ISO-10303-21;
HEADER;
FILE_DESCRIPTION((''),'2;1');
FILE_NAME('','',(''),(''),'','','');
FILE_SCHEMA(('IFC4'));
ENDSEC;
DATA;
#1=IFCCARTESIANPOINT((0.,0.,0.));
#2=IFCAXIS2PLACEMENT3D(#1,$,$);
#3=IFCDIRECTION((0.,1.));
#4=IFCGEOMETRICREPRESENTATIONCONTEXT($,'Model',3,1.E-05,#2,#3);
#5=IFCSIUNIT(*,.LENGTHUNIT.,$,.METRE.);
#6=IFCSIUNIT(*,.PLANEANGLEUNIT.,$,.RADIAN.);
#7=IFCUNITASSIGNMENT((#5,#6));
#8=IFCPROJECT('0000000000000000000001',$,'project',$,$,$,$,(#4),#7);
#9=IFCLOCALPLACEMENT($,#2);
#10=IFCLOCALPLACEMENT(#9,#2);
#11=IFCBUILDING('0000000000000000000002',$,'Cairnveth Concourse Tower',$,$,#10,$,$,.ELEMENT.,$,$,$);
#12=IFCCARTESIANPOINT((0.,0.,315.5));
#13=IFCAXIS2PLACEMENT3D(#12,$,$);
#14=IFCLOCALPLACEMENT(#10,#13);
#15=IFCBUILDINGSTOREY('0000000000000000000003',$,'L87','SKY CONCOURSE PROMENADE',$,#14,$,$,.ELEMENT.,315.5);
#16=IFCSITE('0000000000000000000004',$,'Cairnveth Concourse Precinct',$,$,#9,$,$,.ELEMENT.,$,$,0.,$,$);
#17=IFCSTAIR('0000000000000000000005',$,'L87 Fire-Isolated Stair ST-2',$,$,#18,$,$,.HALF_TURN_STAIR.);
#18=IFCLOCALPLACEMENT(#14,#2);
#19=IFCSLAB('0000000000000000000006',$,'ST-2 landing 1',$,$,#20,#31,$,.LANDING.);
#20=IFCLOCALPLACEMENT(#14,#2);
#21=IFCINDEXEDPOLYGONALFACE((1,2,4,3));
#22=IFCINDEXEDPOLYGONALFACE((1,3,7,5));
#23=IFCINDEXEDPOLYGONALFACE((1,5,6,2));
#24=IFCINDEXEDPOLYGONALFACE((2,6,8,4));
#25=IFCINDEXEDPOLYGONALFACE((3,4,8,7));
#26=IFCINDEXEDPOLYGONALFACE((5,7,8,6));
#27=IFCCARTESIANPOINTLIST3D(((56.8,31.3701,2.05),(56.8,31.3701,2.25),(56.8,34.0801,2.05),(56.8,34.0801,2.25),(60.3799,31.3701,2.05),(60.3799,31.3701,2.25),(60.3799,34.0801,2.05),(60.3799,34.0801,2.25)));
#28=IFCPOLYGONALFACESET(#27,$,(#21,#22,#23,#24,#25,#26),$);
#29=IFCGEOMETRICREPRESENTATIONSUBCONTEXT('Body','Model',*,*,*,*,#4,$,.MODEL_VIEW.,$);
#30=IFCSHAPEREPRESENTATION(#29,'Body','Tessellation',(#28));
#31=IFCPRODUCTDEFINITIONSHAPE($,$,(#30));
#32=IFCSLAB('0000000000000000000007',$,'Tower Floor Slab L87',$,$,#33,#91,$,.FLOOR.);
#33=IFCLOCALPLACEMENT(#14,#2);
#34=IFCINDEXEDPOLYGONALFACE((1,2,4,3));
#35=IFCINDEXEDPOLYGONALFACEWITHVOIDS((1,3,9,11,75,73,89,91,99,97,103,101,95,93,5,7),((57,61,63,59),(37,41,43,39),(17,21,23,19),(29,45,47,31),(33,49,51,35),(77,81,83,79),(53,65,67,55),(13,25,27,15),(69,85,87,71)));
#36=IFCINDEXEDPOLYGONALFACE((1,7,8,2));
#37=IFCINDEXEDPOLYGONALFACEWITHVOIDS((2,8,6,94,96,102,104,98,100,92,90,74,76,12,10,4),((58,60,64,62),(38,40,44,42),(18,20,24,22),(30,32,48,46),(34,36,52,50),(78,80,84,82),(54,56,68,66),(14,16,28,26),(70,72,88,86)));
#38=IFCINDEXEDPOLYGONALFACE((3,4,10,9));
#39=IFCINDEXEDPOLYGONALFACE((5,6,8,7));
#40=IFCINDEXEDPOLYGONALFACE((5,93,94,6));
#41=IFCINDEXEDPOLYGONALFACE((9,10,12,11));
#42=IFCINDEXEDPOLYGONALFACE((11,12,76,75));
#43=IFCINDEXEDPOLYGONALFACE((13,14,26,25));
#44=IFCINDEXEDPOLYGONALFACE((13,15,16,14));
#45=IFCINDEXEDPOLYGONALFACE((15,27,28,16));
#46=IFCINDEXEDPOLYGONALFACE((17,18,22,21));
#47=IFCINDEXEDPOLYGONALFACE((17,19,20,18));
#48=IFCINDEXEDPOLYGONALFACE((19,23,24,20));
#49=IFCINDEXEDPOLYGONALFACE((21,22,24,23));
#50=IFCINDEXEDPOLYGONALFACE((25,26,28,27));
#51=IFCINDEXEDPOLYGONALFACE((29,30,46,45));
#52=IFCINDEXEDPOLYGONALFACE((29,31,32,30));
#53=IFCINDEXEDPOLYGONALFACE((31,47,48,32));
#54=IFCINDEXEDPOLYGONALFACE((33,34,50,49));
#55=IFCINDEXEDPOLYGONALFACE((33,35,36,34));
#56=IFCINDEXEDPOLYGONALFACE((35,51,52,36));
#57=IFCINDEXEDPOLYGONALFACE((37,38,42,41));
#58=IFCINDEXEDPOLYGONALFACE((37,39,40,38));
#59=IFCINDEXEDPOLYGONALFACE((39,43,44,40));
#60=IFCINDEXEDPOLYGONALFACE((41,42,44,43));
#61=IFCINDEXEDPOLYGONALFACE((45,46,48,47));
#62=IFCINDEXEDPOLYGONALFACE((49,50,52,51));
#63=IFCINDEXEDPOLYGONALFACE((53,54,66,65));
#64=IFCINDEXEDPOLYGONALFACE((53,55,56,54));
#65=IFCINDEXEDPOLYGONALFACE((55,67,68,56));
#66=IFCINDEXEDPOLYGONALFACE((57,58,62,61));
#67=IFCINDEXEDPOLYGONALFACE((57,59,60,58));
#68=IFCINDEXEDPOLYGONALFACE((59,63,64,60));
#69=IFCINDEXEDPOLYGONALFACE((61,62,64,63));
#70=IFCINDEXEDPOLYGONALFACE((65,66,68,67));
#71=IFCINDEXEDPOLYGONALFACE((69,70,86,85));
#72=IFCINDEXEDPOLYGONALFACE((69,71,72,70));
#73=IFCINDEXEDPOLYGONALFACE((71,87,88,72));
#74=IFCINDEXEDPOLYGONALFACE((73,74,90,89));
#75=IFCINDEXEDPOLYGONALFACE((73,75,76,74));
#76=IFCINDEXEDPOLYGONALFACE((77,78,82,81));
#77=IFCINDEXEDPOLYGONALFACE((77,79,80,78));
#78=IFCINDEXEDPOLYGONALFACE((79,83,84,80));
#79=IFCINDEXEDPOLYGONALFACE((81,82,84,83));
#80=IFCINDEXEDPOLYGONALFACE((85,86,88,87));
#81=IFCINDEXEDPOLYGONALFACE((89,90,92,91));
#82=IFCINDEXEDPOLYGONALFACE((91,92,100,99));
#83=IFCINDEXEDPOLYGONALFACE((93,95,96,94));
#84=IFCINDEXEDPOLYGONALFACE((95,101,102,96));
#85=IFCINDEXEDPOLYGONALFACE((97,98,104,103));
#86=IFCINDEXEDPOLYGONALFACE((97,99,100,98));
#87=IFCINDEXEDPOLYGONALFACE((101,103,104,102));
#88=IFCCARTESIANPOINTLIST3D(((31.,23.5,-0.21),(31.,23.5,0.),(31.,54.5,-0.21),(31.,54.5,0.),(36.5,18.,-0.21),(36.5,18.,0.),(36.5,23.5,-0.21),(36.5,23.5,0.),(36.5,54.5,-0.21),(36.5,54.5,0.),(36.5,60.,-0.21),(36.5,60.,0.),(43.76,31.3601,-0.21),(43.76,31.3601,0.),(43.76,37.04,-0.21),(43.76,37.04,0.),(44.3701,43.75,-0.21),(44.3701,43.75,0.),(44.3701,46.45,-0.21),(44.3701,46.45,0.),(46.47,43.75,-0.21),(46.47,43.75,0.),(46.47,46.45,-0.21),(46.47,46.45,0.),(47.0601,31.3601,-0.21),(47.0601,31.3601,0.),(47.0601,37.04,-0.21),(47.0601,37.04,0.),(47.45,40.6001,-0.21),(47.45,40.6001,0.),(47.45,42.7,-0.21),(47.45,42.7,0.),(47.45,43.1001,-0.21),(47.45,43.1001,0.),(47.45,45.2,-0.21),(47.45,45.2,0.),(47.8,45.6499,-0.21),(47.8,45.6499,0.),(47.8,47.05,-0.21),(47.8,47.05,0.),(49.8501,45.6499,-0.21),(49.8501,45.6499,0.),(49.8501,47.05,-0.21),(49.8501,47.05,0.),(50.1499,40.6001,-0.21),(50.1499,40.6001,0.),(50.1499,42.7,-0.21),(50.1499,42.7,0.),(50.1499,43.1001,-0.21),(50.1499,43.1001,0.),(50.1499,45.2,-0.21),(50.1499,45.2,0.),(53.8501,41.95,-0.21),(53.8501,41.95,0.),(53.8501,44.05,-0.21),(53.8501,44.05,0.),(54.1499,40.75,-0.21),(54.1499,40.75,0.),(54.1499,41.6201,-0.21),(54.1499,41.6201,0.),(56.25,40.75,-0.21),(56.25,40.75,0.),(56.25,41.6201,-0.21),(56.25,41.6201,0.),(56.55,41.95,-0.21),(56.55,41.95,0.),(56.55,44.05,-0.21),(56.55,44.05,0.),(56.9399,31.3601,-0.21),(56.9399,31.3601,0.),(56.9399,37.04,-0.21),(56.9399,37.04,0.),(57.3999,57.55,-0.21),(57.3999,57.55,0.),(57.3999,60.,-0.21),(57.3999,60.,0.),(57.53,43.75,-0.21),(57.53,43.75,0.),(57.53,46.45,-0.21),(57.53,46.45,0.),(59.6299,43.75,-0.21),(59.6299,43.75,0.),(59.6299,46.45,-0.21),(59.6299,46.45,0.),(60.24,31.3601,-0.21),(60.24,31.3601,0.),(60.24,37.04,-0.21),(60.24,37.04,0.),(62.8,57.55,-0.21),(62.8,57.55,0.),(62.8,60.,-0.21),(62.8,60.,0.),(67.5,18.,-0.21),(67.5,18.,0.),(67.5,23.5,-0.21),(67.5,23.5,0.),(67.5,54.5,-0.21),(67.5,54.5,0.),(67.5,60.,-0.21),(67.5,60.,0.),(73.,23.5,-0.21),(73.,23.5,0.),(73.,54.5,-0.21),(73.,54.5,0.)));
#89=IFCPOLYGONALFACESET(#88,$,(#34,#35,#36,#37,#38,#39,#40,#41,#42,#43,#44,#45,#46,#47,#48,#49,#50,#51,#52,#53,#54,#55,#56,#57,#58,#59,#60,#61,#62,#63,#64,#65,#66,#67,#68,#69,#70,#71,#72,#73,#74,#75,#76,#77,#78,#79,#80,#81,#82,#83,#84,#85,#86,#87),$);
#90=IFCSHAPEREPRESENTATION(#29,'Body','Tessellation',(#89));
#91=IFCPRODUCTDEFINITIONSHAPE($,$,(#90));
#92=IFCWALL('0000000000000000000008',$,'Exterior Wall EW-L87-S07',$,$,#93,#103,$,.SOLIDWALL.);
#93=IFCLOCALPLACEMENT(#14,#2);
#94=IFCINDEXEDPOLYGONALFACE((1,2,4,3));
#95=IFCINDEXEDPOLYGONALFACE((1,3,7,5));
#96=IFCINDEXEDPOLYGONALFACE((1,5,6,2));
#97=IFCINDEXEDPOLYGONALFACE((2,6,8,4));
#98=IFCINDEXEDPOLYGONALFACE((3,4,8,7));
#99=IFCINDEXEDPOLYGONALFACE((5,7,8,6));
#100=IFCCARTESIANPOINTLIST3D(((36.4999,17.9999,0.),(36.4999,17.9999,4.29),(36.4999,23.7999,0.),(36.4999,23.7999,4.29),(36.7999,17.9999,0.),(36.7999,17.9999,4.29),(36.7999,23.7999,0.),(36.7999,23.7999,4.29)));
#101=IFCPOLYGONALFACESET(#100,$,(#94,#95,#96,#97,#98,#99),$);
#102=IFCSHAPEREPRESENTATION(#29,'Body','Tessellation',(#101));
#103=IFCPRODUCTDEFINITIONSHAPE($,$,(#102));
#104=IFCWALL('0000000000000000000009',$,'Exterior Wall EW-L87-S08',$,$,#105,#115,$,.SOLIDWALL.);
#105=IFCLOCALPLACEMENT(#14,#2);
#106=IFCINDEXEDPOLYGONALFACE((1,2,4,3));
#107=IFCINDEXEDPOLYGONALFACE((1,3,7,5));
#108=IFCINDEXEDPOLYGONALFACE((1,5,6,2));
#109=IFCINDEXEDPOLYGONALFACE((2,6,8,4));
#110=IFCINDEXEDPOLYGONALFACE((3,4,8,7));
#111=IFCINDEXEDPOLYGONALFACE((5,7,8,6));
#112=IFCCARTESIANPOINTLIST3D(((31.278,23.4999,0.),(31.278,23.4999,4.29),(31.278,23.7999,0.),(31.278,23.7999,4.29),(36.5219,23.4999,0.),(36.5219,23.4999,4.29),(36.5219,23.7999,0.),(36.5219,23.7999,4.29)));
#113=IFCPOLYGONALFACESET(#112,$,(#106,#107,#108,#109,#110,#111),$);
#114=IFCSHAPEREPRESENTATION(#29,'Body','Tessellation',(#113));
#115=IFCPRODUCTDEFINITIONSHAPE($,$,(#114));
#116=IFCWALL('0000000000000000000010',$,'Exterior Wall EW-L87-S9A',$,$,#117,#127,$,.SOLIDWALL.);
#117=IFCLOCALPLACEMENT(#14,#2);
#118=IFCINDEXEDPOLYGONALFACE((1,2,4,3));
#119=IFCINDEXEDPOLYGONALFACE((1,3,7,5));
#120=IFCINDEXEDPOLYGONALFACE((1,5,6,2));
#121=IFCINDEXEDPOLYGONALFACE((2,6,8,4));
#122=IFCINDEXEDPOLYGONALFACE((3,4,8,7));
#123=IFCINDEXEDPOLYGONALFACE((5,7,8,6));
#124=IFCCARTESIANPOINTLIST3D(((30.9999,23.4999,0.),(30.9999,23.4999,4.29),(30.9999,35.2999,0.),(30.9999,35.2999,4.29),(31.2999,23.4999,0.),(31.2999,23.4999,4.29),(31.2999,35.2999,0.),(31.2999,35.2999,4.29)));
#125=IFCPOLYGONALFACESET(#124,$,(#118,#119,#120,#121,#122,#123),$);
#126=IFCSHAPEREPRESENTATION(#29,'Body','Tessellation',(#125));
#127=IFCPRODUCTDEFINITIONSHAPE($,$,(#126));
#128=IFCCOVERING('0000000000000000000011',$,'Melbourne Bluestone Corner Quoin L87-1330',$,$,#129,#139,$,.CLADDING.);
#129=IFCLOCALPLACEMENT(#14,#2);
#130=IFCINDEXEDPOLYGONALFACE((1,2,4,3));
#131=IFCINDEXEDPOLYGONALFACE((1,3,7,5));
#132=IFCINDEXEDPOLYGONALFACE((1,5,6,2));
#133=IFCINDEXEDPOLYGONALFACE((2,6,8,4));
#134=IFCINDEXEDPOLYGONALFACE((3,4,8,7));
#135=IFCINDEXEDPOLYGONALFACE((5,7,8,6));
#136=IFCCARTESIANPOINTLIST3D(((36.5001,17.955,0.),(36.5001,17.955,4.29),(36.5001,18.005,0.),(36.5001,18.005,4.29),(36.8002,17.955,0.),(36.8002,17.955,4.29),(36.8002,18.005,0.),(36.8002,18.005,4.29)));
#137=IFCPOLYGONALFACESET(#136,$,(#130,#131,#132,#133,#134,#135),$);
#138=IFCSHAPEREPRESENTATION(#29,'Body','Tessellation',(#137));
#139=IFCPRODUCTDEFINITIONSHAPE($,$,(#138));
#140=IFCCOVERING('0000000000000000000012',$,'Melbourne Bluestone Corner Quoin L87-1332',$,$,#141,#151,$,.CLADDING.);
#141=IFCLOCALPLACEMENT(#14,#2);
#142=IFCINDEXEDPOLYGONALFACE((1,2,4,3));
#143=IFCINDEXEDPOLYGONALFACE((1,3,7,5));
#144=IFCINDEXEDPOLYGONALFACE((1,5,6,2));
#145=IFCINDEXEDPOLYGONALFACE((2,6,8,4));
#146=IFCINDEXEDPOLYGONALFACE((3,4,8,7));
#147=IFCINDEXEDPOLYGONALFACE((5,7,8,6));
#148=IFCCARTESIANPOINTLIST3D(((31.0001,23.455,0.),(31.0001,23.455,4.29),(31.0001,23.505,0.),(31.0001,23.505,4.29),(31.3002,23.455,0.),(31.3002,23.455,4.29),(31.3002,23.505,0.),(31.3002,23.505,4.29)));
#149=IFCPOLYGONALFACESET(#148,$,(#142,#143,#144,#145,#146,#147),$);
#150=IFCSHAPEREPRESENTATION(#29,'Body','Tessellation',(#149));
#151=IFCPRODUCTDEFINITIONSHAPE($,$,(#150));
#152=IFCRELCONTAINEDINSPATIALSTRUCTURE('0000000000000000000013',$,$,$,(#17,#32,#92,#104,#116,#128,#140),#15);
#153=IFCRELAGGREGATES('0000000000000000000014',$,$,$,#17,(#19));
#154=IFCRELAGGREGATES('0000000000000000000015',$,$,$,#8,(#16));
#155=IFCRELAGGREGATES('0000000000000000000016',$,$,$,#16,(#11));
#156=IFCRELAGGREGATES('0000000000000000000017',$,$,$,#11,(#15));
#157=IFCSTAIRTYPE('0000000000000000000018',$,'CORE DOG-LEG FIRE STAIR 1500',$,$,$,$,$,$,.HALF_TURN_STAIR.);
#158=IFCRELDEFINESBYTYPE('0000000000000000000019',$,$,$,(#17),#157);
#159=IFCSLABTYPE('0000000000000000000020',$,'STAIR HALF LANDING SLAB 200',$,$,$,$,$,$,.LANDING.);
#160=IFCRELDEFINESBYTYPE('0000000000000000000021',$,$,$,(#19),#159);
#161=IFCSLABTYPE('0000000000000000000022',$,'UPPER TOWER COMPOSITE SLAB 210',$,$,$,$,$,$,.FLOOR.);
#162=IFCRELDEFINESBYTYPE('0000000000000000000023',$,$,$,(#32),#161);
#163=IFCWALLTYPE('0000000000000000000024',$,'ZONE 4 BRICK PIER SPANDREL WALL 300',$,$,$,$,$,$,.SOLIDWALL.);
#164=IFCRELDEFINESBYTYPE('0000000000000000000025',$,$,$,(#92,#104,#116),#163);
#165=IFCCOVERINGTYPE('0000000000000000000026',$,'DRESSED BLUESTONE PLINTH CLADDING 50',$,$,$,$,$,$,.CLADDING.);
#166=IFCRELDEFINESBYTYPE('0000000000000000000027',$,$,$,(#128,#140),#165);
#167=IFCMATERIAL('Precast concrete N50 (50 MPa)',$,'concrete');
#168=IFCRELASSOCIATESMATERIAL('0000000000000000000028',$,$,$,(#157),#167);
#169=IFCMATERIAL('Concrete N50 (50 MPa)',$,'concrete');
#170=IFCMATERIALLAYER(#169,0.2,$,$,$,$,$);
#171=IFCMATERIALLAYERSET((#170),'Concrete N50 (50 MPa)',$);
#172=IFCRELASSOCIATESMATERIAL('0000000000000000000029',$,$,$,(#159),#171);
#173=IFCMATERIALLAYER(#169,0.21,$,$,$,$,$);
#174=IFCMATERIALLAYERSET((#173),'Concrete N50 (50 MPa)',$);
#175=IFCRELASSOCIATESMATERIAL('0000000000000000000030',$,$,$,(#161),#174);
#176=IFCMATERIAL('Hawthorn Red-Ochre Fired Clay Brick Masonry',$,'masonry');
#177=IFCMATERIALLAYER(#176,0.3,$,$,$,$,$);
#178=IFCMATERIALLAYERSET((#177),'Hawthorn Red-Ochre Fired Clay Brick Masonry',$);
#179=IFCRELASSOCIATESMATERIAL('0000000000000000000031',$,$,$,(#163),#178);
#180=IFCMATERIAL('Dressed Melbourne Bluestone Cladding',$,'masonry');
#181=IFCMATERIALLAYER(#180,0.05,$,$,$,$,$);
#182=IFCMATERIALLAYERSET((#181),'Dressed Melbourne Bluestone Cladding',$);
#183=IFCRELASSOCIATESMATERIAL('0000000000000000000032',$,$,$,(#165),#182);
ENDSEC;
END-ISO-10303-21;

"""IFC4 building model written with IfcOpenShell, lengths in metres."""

from ifc_helpers import new_model, si_unit, direction, frame, frame_2d, origin, place, context, subcontext, project, spatial, polyline, rectangle, outline, extrude, material, layer, layer_set, type_object, element, aggregate, save


model = new_model("IFC4")

# Units and contexts
model_context = context("Model", 3, precision=1e-05, world=origin(), true_north=direction((0.0, 1.0)))
body_context = subcontext(model_context, "Body", "Model", "MODEL_VIEW")
ifc_project = project(units=[si_unit("LENGTHUNIT", "METRE"), si_unit("PLANEANGLEUNIT", "RADIAN")], contexts=[model_context])

# Site, building, storey
site_placement = place(None, origin())
site = spatial("IfcSite", under=ifc_project, at=site_placement, Name="Cairnveth Concourse Precinct", CompositionType="ELEMENT", RefElevation=0.0)
building_placement = place(site_placement, origin())
building = spatial("IfcBuilding", under=site, at=building_placement, Name="Cairnveth Concourse Tower", CompositionType="ELEMENT")
storey_placement = place(building_placement, frame((0.0, 0.0, 315.5)))
storey = spatial("IfcBuildingStorey", under=building, at=storey_placement, Name="L87", Description="SKY CONCOURSE PROMENADE", CompositionType="ELEMENT", Elevation=315.5)

# Shared definitions
ifc_material_1 = material(Name="Concrete N50 (50 MPa)", Category="concrete")

# Stair, slab
ifc_material_2 = material(Name="Precast concrete N50 (50 MPa)", Category="concrete")
stair_type = type_object("IfcStairType", Name="CORE DOG-LEG FIRE STAIR 1500", PredefinedType="HALF_TURN_STAIR", material=ifc_material_2)
ifc_layer_1 = layer(ifc_material_1, 0.2)
ifc_layer_set_1 = layer_set([ifc_layer_1], Name="Concrete N50 (50 MPa)")
slab_type_1 = type_object("IfcSlabType", Name="STAIR HALF LANDING SLAB 200", PredefinedType="LANDING", material=ifc_layer_set_1)
stair_1_placement = place(storey_placement, origin())
stair_1 = element("IfcStair", 1, at=stair_1_placement, inside=storey, type_object=stair_type, Name="L87 Fire-Isolated Stair ST-2", PredefinedType="HALF_TURN_STAIR")
slab_1_placement = place(storey_placement, frame((0.0, 0.0, 2.05)))
slab_1 = element("IfcSlab", 2, at=slab_1_placement, type_object=slab_type_1, Name="ST-2 landing 1", PredefinedType="LANDING", context=body_context, shape_type="SweptSolid", body=[
    extrude(outline(polyline([(56.8, 34.0801), (56.8, 31.3701), (60.3799, 31.3701), (60.3799, 34.0801), (56.8, 34.0801)])), origin(), (0.0, 0.0, 1.0), 0.2),
])
aggregate(stair_1, [slab_1])

# Slab
ifc_layer_2 = layer(ifc_material_1, 0.21)
ifc_layer_set_2 = layer_set([ifc_layer_2], Name="Concrete N50 (50 MPa)")
slab_type_2 = type_object("IfcSlabType", Name="UPPER TOWER COMPOSITE SLAB 210", PredefinedType="FLOOR", material=ifc_layer_set_2)
slab_2_placement = place(storey_placement, frame((0.0, 0.0, -0.21)))
element("IfcSlab", 3, at=slab_2_placement, inside=storey, type_object=slab_type_2, Name="Tower Floor Slab L87", PredefinedType="FLOOR", context=body_context, shape_type="SweptSolid", body=[
    extrude(outline(polyline([(62.8, 60.0), (62.8, 57.55), (57.3999, 57.55), (57.3999, 60.0), (36.5, 60.0), (36.5, 54.5), (31.0, 54.5), (31.0, 23.5), (36.5, 23.5), (36.5, 18.0), (67.5, 18.0), (67.5, 23.5), (73.0, 23.5), (73.0, 54.5), (67.5, 54.5), (67.5, 60.0), (62.8, 60.0)]), holes=[polyline([(43.76, 31.3601), (47.0601, 31.3601), (47.0601, 37.04), (43.76, 37.04), (43.76, 31.3601)]), polyline([(56.9399, 31.3601), (60.24, 31.3601), (60.24, 37.04), (56.9399, 37.04), (56.9399, 31.3601)]), polyline([(44.3701, 43.75), (46.47, 43.75), (46.47, 46.45), (44.3701, 46.45), (44.3701, 43.75)]), polyline([(57.53, 43.75), (59.6299, 43.75), (59.6299, 46.45), (57.53, 46.45), (57.53, 43.75)]), polyline([(47.45, 40.6001), (50.1499, 40.6001), (50.1499, 42.7), (47.45, 42.7), (47.45, 40.6001)]), polyline([(47.45, 43.1001), (50.1499, 43.1001), (50.1499, 45.2), (47.45, 45.2), (47.45, 43.1001)]), polyline([(53.8501, 41.95), (56.55, 41.95), (56.55, 44.05), (53.8501, 44.05), (53.8501, 41.95)]), polyline([(47.8, 45.6499), (49.8501, 45.6499), (49.8501, 47.05), (47.8, 47.05), (47.8, 45.6499)]), polyline([(54.1499, 40.75), (56.25, 40.75), (56.25, 41.6201), (54.1499, 41.6201), (54.1499, 40.75)])]), origin(), (0.0, 0.0, 1.0), 0.21),
])

# Walls
ifc_material_3 = material(Name="Hawthorn Red-Ochre Fired Clay Brick Masonry", Category="masonry")
ifc_layer_3 = layer(ifc_material_3, 0.3)
ifc_layer_set_3 = layer_set([ifc_layer_3], Name="Hawthorn Red-Ochre Fired Clay Brick Masonry")
wall_type = type_object("IfcWallType", Name="ZONE 4 BRICK PIER SPANDREL WALL 300", PredefinedType="SOLIDWALL", material=ifc_layer_set_3)
wall_1_placement = place(storey_placement, frame((36.6499, 18.0, 0.0), z_axis=(0.0, 0.0, 1.0), x_axis=(0.0, 1.0, 0.0)))
element("IfcWall", 4, at=wall_1_placement, inside=storey, type_object=wall_type, Name="Exterior Wall EW-L87-S07", PredefinedType="SOLIDWALL", context=body_context, shape_type="SweptSolid", body=[
    extrude(rectangle(XDim=5.8, YDim=0.3, at=frame_2d((2.8999, 0.0))), origin(), (0.0, 0.0, 1.0), 4.29),
])
wall_2_placement = place(storey_placement, frame((36.522, 23.6499, 0.0), z_axis=(0.0, 0.0, 1.0), x_axis=(-1.0, 0.0, 0.0)))
element("IfcWall", 5, at=wall_2_placement, inside=storey, type_object=wall_type, Name="Exterior Wall EW-L87-S08", PredefinedType="SOLIDWALL", context=body_context, shape_type="SweptSolid", body=[
    extrude(rectangle(XDim=5.2439, YDim=0.3, at=frame_2d((2.6221, 0.0))), origin(), (0.0, 0.0, 1.0), 4.29),
])
wall_3_placement = place(storey_placement, frame((31.1499, 23.5, 0.0), z_axis=(0.0, 0.0, 1.0), x_axis=(0.0, 1.0, 0.0)))
element("IfcWall", 6, at=wall_3_placement, inside=storey, type_object=wall_type, Name="Exterior Wall EW-L87-S9A", PredefinedType="SOLIDWALL", context=body_context, shape_type="SweptSolid", body=[
    extrude(rectangle(XDim=11.8, YDim=0.3, at=frame_2d((5.8999, 0.0))), origin(), (0.0, 0.0, 1.0), 4.29),
])

# Coverings
ifc_material_4 = material(Name="Dressed Melbourne Bluestone Cladding", Category="masonry")
ifc_layer_4 = layer(ifc_material_4, 0.05)
ifc_layer_set_4 = layer_set([ifc_layer_4], Name="Dressed Melbourne Bluestone Cladding")
covering_type = type_object("IfcCoveringType", Name="DRESSED BLUESTONE PLINTH CLADDING 50", PredefinedType="CLADDING", material=ifc_layer_set_4)
for number, where, z_axis, x_axis, name in (
    (7, (36.8, 17.98, 0.0), (0.0, 0.0, 1.0), (-1.0, 0.0, 0.0), "Melbourne Bluestone Corner Quoin L87-1330"),
    (8, (31.3, 23.48, 0.0), (0.0, 0.0, 1.0), (-1.0, 0.0, 0.0), "Melbourne Bluestone Corner Quoin L87-1332"),
):
    element("IfcCovering", number, at=place(storey_placement, frame(where, z_axis=z_axis, x_axis=x_axis)), inside=storey, type_object=covering_type, Name=name, PredefinedType="CLADDING", context=body_context, shape_type="SweptSolid", body=[
        extrude(rectangle(XDim=0.3, YDim=0.05, at=frame_2d((0.1499, 0.0))), origin(), (0.0, 0.0, 1.0), 4.29),
    ])

save(model, "model.ifc")
